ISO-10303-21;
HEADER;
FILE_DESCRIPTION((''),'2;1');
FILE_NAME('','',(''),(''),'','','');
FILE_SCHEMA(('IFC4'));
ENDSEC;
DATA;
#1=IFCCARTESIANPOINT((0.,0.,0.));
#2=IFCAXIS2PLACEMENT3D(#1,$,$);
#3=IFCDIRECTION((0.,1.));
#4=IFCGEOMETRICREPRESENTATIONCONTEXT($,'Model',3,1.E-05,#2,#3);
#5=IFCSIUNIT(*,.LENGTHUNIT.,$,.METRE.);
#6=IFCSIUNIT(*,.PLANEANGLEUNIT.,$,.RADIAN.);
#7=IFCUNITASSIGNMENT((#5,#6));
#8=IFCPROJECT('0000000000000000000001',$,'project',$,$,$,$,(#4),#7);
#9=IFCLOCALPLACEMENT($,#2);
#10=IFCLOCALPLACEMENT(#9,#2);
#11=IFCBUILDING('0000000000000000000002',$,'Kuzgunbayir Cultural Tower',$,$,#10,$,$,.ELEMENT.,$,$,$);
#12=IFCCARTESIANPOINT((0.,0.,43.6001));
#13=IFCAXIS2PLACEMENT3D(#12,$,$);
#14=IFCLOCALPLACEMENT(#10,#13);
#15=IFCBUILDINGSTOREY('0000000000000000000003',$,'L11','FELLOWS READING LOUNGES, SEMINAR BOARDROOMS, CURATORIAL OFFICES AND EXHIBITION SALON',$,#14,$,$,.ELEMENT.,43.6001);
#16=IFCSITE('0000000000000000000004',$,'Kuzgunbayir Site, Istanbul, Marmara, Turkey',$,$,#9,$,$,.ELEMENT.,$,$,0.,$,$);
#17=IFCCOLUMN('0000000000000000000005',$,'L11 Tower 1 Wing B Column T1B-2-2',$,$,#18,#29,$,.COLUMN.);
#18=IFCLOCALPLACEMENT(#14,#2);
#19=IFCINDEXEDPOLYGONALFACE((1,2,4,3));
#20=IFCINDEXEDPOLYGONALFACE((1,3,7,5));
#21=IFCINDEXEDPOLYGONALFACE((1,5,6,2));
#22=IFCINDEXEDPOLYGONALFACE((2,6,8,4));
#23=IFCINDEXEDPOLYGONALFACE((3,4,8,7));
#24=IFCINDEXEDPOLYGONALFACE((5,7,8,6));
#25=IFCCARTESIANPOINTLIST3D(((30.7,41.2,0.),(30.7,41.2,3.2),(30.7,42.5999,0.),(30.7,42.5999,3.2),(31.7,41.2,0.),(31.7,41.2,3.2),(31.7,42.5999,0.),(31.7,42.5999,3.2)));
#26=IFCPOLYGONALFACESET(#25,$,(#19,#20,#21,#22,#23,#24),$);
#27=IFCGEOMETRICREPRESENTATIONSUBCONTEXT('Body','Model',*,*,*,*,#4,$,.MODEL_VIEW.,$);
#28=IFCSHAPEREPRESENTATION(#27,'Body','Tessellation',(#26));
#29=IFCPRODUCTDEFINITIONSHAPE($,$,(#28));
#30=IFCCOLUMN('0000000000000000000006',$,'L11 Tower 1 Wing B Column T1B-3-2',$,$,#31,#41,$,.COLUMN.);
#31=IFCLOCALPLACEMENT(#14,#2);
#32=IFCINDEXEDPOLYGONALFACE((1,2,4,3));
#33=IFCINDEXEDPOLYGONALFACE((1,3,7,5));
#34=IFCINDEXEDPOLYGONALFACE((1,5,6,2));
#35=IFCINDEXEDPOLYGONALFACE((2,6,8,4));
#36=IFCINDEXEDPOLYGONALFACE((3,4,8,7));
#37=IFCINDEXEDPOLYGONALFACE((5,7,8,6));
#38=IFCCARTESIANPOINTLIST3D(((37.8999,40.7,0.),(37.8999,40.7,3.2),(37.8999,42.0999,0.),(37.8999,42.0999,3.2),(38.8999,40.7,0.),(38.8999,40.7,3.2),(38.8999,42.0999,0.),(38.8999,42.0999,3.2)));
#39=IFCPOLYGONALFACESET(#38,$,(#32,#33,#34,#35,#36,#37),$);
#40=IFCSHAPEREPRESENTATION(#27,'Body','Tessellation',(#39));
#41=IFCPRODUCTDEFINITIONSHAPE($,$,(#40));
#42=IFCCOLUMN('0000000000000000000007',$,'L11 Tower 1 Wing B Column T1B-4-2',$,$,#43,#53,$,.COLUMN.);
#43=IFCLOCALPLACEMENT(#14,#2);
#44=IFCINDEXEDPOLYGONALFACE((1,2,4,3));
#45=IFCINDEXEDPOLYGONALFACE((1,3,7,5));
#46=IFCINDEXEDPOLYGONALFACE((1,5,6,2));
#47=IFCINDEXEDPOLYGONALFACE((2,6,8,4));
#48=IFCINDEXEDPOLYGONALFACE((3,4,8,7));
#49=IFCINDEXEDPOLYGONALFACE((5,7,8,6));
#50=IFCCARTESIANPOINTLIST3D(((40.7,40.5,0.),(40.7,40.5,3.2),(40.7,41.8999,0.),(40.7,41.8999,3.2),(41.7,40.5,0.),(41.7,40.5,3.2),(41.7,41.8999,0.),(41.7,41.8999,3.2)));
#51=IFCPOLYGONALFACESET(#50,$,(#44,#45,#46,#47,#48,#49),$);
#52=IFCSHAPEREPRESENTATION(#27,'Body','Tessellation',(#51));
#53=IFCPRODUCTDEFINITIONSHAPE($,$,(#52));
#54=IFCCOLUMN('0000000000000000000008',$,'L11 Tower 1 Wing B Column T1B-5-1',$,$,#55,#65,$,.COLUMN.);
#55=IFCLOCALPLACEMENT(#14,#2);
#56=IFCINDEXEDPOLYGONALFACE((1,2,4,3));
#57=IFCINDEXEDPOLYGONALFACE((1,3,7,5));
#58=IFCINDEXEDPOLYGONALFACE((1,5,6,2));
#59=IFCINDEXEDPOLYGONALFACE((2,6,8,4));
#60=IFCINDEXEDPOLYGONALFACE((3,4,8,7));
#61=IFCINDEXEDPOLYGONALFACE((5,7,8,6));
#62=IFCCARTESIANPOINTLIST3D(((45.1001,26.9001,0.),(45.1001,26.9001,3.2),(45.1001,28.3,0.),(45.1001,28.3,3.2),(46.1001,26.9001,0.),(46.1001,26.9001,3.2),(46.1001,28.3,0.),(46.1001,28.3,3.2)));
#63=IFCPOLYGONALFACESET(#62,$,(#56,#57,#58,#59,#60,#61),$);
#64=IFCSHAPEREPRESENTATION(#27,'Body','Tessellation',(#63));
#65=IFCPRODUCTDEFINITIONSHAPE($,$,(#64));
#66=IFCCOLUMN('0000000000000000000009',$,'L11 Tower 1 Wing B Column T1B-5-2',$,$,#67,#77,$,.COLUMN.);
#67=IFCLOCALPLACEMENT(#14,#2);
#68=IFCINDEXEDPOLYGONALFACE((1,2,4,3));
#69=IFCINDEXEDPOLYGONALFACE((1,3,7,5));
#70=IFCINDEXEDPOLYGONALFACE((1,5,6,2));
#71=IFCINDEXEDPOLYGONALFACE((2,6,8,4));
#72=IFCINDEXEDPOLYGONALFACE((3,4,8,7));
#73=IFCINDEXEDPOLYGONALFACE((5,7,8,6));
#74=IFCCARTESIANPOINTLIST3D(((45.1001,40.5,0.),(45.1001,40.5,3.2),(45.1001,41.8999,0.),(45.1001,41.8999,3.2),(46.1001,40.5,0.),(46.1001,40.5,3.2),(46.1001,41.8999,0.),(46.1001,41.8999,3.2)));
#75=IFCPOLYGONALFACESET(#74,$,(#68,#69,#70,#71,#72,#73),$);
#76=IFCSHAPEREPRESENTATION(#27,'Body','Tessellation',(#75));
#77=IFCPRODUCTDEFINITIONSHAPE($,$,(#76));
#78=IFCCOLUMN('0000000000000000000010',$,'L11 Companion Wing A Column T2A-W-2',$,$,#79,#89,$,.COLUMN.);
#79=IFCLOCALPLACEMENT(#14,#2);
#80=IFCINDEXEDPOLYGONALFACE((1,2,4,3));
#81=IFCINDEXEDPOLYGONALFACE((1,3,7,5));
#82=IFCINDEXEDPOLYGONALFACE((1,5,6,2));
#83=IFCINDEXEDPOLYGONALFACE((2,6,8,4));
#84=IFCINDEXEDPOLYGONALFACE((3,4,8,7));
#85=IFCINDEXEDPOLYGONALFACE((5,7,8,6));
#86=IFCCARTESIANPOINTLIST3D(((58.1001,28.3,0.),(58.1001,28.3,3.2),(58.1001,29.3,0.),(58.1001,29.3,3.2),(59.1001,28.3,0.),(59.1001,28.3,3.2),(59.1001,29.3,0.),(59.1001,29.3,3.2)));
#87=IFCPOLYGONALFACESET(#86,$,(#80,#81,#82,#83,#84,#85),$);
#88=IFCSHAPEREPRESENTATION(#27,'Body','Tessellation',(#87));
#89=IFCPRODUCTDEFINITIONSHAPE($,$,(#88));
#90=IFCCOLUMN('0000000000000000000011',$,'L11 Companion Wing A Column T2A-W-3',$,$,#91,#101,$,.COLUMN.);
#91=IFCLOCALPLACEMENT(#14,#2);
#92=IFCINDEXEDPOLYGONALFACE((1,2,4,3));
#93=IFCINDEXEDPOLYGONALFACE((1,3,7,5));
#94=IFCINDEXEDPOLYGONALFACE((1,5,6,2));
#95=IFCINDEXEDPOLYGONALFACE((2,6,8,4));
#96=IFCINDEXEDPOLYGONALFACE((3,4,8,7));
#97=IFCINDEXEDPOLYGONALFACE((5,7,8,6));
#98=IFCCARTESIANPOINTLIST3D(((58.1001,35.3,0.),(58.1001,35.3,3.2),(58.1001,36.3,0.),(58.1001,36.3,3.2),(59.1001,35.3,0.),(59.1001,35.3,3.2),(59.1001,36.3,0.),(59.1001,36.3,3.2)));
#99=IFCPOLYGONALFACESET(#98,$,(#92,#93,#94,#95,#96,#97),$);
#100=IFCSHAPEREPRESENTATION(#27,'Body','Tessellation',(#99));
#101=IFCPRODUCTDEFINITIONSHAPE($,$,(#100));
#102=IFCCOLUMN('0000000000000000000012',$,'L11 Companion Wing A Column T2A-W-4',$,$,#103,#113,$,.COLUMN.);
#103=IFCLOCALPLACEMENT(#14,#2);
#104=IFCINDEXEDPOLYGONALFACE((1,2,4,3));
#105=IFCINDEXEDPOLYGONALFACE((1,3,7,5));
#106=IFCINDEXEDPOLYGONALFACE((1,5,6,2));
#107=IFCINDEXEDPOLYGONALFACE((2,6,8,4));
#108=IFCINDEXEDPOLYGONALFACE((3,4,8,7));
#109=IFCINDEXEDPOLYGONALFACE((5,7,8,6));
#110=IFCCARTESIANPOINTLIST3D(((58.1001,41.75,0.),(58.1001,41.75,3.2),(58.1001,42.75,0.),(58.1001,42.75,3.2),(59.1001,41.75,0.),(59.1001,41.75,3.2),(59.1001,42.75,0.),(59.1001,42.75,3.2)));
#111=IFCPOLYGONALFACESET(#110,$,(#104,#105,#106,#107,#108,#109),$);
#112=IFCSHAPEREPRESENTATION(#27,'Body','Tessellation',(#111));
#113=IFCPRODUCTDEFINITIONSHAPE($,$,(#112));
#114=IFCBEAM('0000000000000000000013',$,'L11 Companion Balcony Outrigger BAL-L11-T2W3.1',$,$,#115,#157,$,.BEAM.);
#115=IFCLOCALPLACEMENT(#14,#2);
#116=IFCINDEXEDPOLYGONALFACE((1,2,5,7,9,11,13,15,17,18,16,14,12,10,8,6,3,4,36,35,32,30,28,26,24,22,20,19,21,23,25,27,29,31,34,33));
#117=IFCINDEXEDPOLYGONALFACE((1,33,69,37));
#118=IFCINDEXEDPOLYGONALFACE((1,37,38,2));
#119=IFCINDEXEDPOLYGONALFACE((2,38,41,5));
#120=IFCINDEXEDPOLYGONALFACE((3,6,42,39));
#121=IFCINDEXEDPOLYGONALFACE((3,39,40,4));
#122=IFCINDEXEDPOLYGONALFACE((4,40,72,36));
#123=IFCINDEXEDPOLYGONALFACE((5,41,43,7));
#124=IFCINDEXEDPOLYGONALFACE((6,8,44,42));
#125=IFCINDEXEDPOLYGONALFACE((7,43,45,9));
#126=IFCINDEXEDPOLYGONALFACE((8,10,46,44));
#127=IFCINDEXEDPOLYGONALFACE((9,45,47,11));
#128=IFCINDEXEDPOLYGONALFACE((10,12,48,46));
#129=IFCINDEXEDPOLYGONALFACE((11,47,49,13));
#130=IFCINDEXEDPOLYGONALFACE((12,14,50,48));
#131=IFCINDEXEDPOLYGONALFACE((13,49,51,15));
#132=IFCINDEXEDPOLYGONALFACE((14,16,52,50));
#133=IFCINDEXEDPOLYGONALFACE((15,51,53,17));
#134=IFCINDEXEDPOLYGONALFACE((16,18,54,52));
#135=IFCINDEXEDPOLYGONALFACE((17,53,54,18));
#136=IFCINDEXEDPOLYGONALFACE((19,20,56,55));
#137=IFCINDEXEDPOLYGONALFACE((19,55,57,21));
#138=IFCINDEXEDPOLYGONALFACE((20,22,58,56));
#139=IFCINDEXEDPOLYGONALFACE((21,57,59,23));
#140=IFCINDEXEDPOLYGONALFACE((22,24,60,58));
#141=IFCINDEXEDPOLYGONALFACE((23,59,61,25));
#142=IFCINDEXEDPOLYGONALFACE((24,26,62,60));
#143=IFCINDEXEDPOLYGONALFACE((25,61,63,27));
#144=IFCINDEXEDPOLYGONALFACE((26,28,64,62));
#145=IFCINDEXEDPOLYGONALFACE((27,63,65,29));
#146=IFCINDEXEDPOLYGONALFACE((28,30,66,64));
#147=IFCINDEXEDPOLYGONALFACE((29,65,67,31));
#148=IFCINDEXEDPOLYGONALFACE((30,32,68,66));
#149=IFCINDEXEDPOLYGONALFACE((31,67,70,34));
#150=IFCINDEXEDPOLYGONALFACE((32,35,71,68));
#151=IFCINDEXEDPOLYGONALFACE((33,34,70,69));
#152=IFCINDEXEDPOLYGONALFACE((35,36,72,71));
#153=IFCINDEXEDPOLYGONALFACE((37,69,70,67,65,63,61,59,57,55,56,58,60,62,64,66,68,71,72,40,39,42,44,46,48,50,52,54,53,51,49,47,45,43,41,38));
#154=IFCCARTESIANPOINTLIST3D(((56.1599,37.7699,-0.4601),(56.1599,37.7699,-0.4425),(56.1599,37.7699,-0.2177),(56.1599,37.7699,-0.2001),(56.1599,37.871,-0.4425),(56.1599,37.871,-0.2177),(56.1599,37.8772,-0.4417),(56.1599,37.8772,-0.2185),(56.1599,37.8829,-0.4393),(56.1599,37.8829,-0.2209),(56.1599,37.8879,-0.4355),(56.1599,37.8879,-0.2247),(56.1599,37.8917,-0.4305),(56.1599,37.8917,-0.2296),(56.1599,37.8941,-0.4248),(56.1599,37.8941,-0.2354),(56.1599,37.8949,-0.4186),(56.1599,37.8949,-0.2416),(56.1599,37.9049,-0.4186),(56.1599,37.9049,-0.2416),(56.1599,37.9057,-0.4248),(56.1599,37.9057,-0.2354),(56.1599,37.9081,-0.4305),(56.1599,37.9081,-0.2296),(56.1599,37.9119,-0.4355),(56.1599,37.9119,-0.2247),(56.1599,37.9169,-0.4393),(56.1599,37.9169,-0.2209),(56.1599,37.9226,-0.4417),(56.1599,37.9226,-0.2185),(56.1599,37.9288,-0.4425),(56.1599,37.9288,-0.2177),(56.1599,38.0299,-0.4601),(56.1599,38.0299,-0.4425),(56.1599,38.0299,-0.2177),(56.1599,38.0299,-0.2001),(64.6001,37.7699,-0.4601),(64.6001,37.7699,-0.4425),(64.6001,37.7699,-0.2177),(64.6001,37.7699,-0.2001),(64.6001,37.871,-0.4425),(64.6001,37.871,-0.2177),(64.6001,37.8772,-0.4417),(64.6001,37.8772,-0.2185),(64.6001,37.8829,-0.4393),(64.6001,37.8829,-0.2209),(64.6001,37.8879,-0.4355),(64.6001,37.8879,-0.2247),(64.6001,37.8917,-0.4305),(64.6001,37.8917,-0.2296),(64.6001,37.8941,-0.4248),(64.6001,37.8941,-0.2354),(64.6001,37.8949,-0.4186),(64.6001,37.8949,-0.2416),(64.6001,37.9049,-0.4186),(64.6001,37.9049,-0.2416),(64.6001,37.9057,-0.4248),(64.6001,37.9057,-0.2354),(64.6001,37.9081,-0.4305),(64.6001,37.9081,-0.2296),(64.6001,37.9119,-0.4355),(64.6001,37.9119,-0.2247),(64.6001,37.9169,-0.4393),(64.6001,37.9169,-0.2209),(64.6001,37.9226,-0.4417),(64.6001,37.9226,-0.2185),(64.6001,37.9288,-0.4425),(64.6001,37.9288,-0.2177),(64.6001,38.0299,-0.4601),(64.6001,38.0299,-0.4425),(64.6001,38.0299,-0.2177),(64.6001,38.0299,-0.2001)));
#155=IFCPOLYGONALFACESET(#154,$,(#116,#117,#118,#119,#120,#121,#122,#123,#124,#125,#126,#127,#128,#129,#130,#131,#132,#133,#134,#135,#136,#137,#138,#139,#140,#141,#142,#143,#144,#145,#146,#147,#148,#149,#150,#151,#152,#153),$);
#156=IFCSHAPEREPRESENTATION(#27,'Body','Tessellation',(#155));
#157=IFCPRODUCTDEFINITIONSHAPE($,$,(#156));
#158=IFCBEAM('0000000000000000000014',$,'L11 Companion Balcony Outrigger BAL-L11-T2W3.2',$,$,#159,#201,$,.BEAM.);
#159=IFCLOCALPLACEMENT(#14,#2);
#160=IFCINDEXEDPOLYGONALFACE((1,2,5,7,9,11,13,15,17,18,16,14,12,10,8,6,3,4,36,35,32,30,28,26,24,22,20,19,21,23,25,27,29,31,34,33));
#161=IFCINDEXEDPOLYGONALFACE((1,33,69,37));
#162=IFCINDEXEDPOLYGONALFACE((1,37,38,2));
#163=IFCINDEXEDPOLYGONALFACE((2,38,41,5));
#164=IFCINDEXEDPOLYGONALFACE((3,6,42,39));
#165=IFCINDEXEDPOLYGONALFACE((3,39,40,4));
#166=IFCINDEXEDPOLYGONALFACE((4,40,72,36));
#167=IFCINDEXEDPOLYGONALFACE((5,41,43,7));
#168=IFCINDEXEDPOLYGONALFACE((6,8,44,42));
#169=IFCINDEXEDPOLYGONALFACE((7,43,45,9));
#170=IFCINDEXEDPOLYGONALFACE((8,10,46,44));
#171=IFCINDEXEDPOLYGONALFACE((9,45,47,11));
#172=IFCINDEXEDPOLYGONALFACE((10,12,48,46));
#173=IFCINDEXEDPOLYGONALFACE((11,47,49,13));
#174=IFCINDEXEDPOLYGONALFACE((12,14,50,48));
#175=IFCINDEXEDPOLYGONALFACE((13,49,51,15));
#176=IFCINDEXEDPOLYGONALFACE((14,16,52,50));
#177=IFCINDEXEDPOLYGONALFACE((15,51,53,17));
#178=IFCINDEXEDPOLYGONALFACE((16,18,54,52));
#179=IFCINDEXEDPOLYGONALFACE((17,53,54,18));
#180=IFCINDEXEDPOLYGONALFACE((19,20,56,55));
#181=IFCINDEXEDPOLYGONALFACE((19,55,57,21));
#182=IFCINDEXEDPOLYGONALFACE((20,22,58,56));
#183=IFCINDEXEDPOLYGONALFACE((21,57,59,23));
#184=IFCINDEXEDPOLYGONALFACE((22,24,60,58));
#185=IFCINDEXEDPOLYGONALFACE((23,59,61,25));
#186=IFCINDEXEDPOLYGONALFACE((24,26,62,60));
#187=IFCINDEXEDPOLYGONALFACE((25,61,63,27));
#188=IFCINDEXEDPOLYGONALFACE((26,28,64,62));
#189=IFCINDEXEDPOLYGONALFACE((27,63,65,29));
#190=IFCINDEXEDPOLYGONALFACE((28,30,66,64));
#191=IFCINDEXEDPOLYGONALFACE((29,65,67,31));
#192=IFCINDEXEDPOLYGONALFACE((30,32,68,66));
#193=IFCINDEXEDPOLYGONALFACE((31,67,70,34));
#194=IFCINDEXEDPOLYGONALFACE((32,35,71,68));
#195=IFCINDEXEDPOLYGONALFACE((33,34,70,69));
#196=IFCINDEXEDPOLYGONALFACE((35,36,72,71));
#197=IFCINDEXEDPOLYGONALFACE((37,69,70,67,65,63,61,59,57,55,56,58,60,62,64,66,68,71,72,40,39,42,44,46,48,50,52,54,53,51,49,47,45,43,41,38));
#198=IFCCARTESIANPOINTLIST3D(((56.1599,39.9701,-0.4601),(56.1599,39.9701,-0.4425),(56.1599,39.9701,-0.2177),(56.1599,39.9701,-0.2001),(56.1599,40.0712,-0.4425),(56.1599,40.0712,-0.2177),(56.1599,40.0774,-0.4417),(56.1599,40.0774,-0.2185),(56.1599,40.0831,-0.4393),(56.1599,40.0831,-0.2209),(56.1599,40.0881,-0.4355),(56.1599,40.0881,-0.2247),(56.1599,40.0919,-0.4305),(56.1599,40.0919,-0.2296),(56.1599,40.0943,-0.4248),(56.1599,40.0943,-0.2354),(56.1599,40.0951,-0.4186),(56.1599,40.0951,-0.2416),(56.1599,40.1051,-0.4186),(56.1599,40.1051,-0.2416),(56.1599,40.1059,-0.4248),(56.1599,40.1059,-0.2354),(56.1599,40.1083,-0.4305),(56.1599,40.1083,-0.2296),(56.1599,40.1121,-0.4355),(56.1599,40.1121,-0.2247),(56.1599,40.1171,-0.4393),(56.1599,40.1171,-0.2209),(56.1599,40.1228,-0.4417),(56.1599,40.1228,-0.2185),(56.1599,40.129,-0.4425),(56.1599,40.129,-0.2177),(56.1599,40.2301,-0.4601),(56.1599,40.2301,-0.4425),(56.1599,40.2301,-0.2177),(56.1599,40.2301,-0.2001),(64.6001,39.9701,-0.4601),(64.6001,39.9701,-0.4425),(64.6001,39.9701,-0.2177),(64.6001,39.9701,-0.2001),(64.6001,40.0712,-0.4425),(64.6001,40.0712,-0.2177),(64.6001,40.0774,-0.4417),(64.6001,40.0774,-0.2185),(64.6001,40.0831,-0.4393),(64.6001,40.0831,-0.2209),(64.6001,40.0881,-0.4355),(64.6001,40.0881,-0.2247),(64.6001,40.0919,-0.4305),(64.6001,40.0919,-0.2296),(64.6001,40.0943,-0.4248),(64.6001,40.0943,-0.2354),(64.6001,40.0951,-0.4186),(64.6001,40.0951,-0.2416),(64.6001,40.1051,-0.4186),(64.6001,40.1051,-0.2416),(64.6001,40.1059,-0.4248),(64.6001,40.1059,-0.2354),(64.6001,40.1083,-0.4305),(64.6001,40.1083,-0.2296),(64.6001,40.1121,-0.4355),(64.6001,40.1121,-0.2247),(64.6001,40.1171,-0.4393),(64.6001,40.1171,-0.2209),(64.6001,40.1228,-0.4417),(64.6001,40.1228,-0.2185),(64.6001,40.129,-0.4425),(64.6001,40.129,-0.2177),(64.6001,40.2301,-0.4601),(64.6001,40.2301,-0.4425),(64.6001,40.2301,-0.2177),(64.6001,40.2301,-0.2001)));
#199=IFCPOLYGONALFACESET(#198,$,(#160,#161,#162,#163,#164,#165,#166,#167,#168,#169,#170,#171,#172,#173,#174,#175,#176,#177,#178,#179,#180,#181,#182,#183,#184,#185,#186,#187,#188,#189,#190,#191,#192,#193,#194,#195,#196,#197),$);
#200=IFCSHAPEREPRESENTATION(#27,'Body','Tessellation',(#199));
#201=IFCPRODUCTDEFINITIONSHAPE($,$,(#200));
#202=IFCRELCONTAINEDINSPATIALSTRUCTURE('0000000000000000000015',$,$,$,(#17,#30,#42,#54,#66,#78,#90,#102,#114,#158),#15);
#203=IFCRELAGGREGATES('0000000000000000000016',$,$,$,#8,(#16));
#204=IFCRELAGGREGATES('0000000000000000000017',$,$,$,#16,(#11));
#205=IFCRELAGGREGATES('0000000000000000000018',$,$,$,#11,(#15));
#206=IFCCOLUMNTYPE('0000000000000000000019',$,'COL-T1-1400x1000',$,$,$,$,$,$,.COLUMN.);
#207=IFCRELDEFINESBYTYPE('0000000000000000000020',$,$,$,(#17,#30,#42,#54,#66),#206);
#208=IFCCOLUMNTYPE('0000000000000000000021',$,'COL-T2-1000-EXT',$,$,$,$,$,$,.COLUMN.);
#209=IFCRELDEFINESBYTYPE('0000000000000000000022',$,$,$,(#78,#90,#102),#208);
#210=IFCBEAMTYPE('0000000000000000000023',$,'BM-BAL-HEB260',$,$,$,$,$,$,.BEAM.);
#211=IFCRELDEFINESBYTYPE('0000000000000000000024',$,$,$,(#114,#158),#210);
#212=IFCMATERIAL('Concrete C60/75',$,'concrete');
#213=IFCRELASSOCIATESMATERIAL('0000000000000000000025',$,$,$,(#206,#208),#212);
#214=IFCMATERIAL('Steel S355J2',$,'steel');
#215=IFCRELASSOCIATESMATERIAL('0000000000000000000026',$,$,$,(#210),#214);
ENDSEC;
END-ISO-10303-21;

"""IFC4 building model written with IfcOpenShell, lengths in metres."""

from ifc_helpers import new_model, si_unit, direction, frame, origin, origin_2d, place, context, subcontext, project, spatial, rectangle, i_section, extrude, material, material_profile, profile_set, type_object, element, save


model = new_model("IFC4")

# Units and contexts
model_context = context("Model", 3, precision=1e-05, world=origin(), true_north=direction((0.0, 1.0)))
body_context = subcontext(model_context, "Body", "Model", "MODEL_VIEW")
ifc_project = project(units=[si_unit("LENGTHUNIT", "METRE"), si_unit("PLANEANGLEUNIT", "RADIAN")], contexts=[model_context])

# Site, building, storey
site_placement = place(None, origin())
site = spatial("IfcSite", under=ifc_project, at=site_placement, Name="Kuzgunbayir Site, Istanbul, Marmara, Turkey", CompositionType="ELEMENT", RefElevation=0.0)
building_placement = place(site_placement, origin())
building = spatial("IfcBuilding", under=site, at=building_placement, Name="Kuzgunbayir Cultural Tower", CompositionType="ELEMENT")
storey_placement = place(building_placement, frame((0.0, 0.0, 43.6001)))
storey = spatial("IfcBuildingStorey", under=building, at=storey_placement, Name="L11", Description="FELLOWS READING LOUNGES, SEMINAR BOARDROOMS, CURATORIAL OFFICES AND EXHIBITION SALON", CompositionType="ELEMENT", Elevation=43.6001)

# Columns
ifc_material_1 = material(Name="Concrete C60/75", Category="concrete")
ifc_material_profile_1 = material_profile(ifc_material_1, rectangle(XDim=1.0, YDim=1.3999, at=origin_2d()), Name="RC 1400x1000")
ifc_profile_set_1 = profile_set([ifc_material_profile_1], Name="Concrete C60/75")
column_type_1 = type_object("IfcColumnType", Name="COL-T1-1400x1000", PredefinedType="COLUMN", material=ifc_profile_set_1)
for number, where, z_axis, x_axis, name in (
    (1, (31.2, 41.8999, 0.0), (0.0, 0.0, 1.0), (1.0, 0.0, 0.0), "L11 Tower 1 Wing B Column T1B-2-2"),
    (2, (38.3999, 41.3999, 0.0), (0.0, 0.0, 1.0), (1.0, 0.0, 0.0), "L11 Tower 1 Wing B Column T1B-3-2"),
    (3, (41.2, 41.2, 0.0), (0.0, 0.0, 1.0), (1.0, 0.0, 0.0), "L11 Tower 1 Wing B Column T1B-4-2"),
    (4, (45.6001, 27.6001, 0.0), (0.0, 0.0, 1.0), (1.0, 0.0, 0.0), "L11 Tower 1 Wing B Column T1B-5-1"),
    (5, (45.6001, 41.2, 0.0), (0.0, 0.0, 1.0), (1.0, 0.0, 0.0), "L11 Tower 1 Wing B Column T1B-5-2"),
):
    element("IfcColumn", number, at=place(storey_placement, frame(where, z_axis=z_axis, x_axis=x_axis)), inside=storey, type_object=column_type_1, Name=name, PredefinedType="COLUMN", context=body_context, shape_type="SweptSolid", body=[
        extrude(rectangle(XDim=1.0, YDim=1.3999, at=origin_2d()), origin(), (0.0, 0.0, 1.0), 3.2),
    ])
ifc_material_profile_2 = material_profile(ifc_material_1, rectangle(XDim=1.0, YDim=1.0, at=origin_2d()), Name="RC 1000x1000")
ifc_profile_set_2 = profile_set([ifc_material_profile_2], Name="Concrete C60/75")
column_type_2 = type_object("IfcColumnType", Name="COL-T2-1000-EXT", PredefinedType="COLUMN", material=ifc_profile_set_2)
for number, where, z_axis, x_axis, name in (
    (6, (58.6001, 28.8, 0.0), (0.0, 0.0, 1.0), (1.0, 0.0, 0.0), "L11 Companion Wing A Column T2A-W-2"),
    (7, (58.6001, 35.8, 0.0), (0.0, 0.0, 1.0), (1.0, 0.0, 0.0), "L11 Companion Wing A Column T2A-W-3"),
    (8, (58.6001, 42.25, 0.0), (0.0, 0.0, 1.0), (1.0, 0.0, 0.0), "L11 Companion Wing A Column T2A-W-4"),
):
    element("IfcColumn", number, at=place(storey_placement, frame(where, z_axis=z_axis, x_axis=x_axis)), inside=storey, type_object=column_type_2, Name=name, PredefinedType="COLUMN", context=body_context, shape_type="SweptSolid", body=[
        extrude(rectangle(XDim=1.0, YDim=1.0, at=origin_2d()), origin(), (0.0, 0.0, 1.0), 3.2),
    ])

# Beams
ifc_material_2 = material(Name="Steel S355J2", Category="steel")
ifc_material_profile_3 = material_profile(ifc_material_2, i_section(OverallWidth=0.26, OverallDepth=0.26, WebThickness=0.01, FlangeThickness=0.0176, FilletRadius=0.0239, at=origin_2d()), Name="HEB 260")
ifc_profile_set_3 = profile_set([ifc_material_profile_3], Name="Steel S355J2")
beam_type_1 = type_object("IfcBeamType", Name="BM-BAL-HEB260", PredefinedType="BEAM", material=ifc_profile_set_3)
for number, where, z_axis, x_axis, name in (
    (9, (56.1599, 37.8999, -0.3301), (1.0, 0.0, 0.0), (0.0, 1.0, 0.0), "L11 Companion Balcony Outrigger BAL-L11-T2W3.1"),
    (10, (56.1599, 40.1001, -0.3301), (1.0, 0.0, 0.0), (0.0, 1.0, 0.0), "L11 Companion Balcony Outrigger BAL-L11-T2W3.2"),
):
    element("IfcBeam", number, at=place(storey_placement, frame(where, z_axis=z_axis, x_axis=x_axis)), inside=storey, type_object=beam_type_1, Name=name, PredefinedType="BEAM", context=body_context, shape_type="SweptSolid", body=[
        extrude(i_section(OverallWidth=0.26, OverallDepth=0.26, WebThickness=0.01, FlangeThickness=0.0176, FilletRadius=0.0239, at=origin_2d()), origin(), (0.0, 0.0, 1.0), 8.4402),
    ])

save(model, "model.ifc")
